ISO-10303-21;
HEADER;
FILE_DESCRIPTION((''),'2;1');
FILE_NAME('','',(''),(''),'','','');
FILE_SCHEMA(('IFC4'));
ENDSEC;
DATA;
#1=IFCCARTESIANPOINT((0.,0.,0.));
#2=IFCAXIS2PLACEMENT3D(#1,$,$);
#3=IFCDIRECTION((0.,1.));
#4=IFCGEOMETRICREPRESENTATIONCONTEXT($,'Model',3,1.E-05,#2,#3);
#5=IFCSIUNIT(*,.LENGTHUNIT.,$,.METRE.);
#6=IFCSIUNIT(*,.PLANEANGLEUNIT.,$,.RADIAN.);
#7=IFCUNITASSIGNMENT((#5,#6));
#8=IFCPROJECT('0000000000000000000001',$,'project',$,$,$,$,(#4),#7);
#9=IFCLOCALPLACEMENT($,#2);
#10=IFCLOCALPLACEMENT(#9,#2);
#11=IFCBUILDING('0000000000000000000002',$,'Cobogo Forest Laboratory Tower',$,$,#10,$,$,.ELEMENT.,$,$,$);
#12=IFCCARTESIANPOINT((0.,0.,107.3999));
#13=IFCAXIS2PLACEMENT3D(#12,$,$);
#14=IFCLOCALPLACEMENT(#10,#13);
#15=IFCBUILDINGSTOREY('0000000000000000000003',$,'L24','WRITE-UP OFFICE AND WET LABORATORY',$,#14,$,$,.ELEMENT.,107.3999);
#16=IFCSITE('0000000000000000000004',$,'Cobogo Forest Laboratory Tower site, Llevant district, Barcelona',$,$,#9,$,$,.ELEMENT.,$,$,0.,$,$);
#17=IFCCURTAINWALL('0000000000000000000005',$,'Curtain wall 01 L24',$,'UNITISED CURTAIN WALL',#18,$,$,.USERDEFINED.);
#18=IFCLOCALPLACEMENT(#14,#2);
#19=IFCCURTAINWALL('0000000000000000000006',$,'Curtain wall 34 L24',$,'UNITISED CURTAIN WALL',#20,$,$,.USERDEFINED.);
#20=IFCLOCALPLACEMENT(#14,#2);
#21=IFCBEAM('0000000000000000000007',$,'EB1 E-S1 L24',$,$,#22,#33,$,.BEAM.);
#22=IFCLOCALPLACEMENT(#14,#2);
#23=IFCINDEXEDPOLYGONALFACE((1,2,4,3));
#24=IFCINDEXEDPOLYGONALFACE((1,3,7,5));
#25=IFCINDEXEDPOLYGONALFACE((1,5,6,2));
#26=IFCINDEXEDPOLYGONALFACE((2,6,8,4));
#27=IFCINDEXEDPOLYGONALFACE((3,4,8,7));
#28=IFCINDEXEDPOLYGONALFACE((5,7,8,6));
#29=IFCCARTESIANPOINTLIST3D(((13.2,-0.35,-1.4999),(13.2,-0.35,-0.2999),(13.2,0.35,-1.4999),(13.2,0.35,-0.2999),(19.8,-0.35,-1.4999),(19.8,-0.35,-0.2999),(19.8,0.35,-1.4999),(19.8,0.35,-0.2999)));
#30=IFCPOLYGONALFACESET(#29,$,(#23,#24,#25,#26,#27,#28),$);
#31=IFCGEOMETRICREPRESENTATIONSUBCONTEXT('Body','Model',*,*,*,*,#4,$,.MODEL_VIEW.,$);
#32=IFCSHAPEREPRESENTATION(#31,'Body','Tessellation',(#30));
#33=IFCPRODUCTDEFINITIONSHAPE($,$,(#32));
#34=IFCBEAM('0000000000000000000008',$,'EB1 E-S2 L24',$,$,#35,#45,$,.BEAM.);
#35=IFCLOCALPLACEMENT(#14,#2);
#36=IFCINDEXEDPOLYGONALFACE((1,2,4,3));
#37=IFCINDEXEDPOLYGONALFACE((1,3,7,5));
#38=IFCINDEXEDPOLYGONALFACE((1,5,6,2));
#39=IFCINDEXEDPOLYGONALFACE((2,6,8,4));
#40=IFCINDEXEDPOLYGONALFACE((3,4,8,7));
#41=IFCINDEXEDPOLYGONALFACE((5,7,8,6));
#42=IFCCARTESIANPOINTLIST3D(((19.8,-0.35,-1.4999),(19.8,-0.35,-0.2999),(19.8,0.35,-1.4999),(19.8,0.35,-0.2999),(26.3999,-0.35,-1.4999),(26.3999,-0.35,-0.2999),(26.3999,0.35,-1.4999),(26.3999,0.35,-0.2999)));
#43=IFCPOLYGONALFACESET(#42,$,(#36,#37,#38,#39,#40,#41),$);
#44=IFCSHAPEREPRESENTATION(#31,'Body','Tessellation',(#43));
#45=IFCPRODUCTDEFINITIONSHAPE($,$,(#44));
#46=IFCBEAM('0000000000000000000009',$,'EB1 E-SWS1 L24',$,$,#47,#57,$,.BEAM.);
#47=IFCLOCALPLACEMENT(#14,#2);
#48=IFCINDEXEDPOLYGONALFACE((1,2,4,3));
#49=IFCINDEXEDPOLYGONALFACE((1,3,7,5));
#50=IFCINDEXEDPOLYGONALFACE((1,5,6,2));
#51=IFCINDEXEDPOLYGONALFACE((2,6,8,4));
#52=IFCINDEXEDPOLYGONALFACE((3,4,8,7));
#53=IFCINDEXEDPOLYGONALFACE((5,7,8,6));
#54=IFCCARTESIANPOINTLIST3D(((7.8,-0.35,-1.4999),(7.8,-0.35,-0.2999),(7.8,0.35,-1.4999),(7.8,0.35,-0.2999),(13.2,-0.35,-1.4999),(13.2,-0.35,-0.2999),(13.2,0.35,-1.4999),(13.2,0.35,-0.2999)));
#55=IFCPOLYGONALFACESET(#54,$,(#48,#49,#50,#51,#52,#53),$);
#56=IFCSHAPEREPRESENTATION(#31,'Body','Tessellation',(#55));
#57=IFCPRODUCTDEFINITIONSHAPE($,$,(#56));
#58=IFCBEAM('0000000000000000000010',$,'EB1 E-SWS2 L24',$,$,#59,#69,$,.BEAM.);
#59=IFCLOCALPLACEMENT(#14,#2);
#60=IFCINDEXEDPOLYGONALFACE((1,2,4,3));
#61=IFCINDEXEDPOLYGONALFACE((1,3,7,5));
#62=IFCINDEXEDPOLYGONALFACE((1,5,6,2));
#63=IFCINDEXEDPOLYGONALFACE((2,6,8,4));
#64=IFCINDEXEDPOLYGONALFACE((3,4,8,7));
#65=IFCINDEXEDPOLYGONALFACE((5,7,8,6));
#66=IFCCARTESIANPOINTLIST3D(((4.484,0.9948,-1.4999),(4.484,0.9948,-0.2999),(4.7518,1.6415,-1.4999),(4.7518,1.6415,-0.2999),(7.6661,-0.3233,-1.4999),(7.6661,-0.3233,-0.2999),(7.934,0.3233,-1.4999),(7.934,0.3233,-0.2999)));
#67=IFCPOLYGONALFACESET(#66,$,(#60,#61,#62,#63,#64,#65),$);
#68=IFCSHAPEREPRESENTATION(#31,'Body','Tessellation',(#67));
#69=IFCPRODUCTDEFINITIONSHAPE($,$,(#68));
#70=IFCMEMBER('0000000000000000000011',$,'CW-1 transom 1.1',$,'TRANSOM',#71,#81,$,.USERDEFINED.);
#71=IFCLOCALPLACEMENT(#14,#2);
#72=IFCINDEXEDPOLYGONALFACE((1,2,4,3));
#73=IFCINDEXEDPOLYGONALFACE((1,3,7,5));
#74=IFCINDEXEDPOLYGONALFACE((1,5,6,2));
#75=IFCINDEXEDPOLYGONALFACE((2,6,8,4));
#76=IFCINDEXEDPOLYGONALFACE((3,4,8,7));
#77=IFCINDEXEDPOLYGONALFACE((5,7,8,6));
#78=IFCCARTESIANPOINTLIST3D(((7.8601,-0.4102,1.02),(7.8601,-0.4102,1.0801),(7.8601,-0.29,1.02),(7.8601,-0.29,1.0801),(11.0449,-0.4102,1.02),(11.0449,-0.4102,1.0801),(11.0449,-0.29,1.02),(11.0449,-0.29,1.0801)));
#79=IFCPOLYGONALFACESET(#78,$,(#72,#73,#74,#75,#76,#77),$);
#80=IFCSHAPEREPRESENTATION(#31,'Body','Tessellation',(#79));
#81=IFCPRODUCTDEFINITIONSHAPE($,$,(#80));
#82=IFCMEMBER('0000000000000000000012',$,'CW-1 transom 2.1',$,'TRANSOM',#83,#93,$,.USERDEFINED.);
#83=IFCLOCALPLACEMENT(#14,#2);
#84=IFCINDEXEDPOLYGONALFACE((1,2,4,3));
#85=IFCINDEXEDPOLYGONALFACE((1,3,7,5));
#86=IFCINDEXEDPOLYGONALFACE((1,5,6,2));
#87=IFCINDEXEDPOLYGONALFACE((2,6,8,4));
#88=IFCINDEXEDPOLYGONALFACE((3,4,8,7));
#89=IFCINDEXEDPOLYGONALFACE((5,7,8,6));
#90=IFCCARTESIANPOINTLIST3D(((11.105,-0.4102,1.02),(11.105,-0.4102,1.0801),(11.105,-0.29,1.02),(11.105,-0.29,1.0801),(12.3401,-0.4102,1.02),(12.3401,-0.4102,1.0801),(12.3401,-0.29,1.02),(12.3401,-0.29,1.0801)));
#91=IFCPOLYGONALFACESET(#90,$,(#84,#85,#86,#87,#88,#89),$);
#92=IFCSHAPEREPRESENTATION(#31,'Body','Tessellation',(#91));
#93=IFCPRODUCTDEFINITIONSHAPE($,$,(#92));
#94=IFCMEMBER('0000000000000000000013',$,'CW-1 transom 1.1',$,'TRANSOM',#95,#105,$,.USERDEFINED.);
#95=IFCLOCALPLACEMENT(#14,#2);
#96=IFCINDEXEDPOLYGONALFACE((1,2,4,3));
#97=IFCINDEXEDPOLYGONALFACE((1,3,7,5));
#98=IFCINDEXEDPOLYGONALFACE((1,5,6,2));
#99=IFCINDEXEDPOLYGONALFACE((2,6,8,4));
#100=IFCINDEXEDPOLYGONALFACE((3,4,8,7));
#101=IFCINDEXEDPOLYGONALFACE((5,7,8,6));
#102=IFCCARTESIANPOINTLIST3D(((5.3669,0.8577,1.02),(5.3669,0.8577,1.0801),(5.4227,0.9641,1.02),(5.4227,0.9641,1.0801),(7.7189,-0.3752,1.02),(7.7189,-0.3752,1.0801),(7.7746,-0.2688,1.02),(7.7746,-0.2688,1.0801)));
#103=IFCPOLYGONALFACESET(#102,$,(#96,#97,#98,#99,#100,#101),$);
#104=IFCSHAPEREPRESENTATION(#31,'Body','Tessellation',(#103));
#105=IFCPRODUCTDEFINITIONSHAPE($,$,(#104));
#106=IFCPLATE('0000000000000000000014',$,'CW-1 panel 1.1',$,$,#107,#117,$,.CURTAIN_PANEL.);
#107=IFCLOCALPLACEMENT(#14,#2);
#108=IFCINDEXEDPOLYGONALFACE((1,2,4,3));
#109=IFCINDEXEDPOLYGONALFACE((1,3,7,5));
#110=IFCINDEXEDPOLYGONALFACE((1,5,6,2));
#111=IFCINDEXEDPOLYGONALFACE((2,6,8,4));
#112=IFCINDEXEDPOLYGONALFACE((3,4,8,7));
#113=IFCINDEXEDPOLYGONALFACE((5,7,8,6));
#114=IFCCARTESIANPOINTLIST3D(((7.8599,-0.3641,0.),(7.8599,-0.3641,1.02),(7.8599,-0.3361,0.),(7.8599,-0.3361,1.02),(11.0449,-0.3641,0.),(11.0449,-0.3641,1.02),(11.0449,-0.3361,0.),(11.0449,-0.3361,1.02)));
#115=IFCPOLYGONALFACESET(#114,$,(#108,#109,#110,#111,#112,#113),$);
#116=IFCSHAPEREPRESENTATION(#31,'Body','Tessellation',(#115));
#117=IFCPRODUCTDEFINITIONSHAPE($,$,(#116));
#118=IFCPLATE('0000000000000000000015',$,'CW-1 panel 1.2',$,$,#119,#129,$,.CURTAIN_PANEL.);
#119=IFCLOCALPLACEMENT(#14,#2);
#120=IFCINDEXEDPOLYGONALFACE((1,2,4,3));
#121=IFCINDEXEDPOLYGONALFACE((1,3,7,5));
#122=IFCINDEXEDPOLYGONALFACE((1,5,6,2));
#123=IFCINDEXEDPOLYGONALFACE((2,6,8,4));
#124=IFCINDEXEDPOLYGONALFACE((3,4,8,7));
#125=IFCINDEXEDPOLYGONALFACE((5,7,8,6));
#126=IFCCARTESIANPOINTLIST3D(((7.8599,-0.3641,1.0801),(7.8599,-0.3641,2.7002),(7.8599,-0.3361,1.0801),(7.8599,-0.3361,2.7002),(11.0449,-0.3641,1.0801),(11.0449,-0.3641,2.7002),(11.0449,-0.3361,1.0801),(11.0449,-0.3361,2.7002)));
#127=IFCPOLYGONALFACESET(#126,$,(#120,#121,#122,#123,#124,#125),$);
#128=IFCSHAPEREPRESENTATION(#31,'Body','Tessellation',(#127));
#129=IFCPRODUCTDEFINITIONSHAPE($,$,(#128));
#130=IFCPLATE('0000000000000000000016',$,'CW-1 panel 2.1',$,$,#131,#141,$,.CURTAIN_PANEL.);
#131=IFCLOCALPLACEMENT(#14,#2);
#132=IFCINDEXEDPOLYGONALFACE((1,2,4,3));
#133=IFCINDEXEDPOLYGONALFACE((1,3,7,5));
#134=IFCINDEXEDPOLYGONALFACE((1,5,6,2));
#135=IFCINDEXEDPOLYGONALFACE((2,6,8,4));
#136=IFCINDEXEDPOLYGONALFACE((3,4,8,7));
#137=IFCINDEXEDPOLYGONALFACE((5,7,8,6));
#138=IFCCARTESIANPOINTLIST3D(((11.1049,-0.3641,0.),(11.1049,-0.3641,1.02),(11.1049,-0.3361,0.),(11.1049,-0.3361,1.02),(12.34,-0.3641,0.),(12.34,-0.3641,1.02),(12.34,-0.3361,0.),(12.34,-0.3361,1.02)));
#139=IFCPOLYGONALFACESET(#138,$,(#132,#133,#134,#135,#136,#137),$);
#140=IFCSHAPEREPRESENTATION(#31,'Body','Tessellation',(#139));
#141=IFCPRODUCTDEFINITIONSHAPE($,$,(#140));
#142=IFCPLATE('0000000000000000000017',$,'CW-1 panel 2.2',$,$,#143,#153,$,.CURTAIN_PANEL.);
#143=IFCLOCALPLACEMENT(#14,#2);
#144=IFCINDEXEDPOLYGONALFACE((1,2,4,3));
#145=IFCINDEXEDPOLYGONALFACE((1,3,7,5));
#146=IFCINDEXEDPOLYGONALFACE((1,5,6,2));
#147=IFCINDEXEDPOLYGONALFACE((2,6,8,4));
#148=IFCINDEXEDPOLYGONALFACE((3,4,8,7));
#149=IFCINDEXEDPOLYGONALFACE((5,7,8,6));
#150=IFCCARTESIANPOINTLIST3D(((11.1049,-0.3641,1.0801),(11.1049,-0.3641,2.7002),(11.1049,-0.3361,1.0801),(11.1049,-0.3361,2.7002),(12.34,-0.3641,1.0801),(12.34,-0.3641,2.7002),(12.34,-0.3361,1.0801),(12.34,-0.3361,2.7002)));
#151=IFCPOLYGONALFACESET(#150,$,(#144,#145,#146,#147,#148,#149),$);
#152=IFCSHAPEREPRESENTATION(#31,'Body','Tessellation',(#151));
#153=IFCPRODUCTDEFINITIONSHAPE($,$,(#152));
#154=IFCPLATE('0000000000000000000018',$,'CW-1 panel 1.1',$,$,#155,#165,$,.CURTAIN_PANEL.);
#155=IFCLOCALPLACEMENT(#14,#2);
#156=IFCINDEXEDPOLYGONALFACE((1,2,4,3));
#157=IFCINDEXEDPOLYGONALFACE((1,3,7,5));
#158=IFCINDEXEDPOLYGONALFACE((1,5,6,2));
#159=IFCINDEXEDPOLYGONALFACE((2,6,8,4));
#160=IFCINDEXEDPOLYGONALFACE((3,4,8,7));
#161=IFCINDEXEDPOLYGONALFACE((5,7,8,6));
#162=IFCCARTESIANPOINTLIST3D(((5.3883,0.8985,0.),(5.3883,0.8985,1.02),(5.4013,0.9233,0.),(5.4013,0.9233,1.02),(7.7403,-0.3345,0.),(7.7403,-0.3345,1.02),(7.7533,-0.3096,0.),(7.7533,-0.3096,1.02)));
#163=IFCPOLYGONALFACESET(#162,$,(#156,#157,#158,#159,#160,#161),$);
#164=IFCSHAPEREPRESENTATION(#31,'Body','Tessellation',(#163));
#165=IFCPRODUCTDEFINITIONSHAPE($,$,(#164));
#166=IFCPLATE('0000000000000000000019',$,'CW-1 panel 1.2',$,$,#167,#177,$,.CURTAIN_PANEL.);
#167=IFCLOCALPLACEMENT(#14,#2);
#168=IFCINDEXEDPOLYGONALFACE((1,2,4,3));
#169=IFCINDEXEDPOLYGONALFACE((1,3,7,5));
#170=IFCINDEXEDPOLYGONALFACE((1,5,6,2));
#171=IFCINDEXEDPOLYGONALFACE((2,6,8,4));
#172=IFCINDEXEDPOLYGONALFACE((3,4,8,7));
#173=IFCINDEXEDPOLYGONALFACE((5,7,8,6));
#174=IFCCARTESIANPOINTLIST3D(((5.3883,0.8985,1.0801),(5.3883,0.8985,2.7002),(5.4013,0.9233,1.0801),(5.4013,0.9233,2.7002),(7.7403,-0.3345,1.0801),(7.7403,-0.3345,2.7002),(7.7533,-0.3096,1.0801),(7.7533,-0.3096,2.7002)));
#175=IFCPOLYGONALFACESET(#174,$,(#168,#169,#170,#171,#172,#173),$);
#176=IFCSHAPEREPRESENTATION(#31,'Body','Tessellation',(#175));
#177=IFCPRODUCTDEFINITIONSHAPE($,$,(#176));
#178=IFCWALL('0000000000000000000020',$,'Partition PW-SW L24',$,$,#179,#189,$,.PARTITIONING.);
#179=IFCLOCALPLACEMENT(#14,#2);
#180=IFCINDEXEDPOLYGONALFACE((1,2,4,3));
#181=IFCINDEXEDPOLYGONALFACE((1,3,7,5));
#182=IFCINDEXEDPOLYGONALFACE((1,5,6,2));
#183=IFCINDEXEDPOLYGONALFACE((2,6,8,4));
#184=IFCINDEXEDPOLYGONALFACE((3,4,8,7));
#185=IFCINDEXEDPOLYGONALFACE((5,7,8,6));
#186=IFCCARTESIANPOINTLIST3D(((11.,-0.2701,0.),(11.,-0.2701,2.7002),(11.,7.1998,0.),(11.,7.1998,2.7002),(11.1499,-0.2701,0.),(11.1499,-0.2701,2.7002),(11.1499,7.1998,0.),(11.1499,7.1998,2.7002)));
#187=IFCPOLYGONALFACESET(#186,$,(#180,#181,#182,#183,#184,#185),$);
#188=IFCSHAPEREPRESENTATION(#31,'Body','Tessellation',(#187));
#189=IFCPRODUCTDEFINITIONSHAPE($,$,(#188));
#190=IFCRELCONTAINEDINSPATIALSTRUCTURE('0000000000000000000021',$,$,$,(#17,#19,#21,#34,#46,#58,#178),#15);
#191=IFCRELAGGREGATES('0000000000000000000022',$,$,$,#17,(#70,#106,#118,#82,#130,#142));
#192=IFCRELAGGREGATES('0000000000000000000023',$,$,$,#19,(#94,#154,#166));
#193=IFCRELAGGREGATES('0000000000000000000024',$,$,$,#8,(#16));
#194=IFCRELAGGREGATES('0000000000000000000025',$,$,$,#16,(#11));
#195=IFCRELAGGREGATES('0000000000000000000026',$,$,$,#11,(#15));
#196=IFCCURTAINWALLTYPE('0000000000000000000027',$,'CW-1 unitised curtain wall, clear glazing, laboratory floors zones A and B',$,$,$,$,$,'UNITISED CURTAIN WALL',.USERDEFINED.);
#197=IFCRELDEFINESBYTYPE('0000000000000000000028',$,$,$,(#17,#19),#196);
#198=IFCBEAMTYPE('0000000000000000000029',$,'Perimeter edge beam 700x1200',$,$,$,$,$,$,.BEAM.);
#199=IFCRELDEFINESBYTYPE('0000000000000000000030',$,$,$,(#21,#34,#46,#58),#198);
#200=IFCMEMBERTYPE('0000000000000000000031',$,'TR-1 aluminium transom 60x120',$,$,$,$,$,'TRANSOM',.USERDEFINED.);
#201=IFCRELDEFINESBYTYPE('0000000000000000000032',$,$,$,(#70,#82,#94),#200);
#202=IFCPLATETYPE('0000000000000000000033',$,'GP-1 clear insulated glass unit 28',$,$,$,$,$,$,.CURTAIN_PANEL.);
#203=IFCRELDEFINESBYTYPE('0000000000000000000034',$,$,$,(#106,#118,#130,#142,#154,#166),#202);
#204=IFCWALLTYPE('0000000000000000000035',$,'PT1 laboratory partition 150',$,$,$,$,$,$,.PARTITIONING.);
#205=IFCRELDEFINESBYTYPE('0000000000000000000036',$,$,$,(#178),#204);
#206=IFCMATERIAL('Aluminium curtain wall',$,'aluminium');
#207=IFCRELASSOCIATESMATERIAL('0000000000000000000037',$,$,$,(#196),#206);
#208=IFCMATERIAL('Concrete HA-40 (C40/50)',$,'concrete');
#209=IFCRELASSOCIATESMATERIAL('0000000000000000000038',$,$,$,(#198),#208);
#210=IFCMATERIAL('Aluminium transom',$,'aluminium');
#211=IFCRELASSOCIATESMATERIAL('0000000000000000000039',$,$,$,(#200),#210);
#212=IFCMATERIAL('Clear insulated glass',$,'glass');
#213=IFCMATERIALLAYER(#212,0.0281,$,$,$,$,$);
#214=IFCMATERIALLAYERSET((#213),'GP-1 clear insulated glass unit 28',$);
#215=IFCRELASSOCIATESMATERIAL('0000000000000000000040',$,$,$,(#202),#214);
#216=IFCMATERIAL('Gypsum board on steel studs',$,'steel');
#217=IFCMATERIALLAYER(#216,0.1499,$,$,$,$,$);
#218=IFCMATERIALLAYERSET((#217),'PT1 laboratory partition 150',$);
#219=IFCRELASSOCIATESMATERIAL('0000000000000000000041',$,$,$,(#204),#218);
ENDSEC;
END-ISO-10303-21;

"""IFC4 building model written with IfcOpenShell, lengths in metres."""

from ifc_helpers import new_model, si_unit, direction, frame, frame_2d, origin, origin_2d, place, context, subcontext, project, spatial, rectangle, extrude, material, layer, layer_set, material_profile, profile_set, type_object, element, aggregate, save


model = new_model("IFC4")

# Units and contexts
model_context = context("Model", 3, precision=1e-05, world=origin(), true_north=direction((0.0, 1.0)))
body_context = subcontext(model_context, "Body", "Model", "MODEL_VIEW")
ifc_project = project(units=[si_unit("LENGTHUNIT", "METRE"), si_unit("PLANEANGLEUNIT", "RADIAN")], contexts=[model_context])

# Site, building, storey
site_placement = place(None, origin())
site = spatial("IfcSite", under=ifc_project, at=site_placement, Name="Cobogo Forest Laboratory Tower site, Llevant district, Barcelona", CompositionType="ELEMENT", RefElevation=0.0)
building_placement = place(site_placement, origin())
building = spatial("IfcBuilding", under=site, at=building_placement, Name="Cobogo Forest Laboratory Tower", CompositionType="ELEMENT")
storey_placement = place(building_placement, frame((0.0, 0.0, 107.3999)))
storey = spatial("IfcBuildingStorey", under=building, at=storey_placement, Name="L24", Description="WRITE-UP OFFICE AND WET LABORATORY", CompositionType="ELEMENT", Elevation=107.3999)

# Shared definitions
ifc_material_1 = material(Name="Concrete HA-40 (C40/50)", Category="concrete")

# Curtain wall
ifc_material_2 = material(Name="Aluminium curtain wall", Category="aluminium")
curtain_wall_type = type_object("IfcCurtainWallType", Name="CW-1 unitised curtain wall, clear glazing, laboratory floors zones A and B", ElementType="UNITISED CURTAIN WALL", PredefinedType="USERDEFINED", material=ifc_material_2)
curtain_wall_1_placement = place(storey_placement, origin())
curtain_wall_1 = element("IfcCurtainWall", 1, at=curtain_wall_1_placement, inside=storey, type_object=curtain_wall_type, Name="Curtain wall 01 L24", ObjectType="UNITISED CURTAIN WALL", PredefinedType="USERDEFINED")

# Curtain wall
curtain_wall_2_placement = place(storey_placement, origin())
curtain_wall_2 = element("IfcCurtainWall", 2, at=curtain_wall_2_placement, inside=storey, type_object=curtain_wall_type, Name="Curtain wall 34 L24", ObjectType="UNITISED CURTAIN WALL", PredefinedType="USERDEFINED")

# Beams
ifc_material_profile_1 = material_profile(ifc_material_1, rectangle(XDim=0.7, YDim=1.2, at=origin_2d()), Name="RC 700x1200")
ifc_profile_set_1 = profile_set([ifc_material_profile_1], Name="Concrete HA-40 (C40/50)")
beam_type_1 = type_object("IfcBeamType", Name="Perimeter edge beam 700x1200", PredefinedType="BEAM", material=ifc_profile_set_1)
beam_1_placement = place(storey_placement, frame((13.2, 0.0, -0.8999), z_axis=(1.0, 0.0, 0.0), x_axis=(0.0, 1.0, 0.0)))
element("IfcBeam", 3, at=beam_1_placement, inside=storey, type_object=beam_type_1, Name="EB1 E-S1 L24", PredefinedType="BEAM", context=body_context, shape_type="SweptSolid", body=[
    extrude(rectangle(XDim=0.7, YDim=1.2, at=origin_2d()), origin(), (0.0, 0.0, 1.0), 6.6001),
])
beam_2_placement = place(storey_placement, frame((19.8, 0.0, -0.8999), z_axis=(1.0, 0.0, 0.0), x_axis=(0.0, 1.0, 0.0)))
element("IfcBeam", 4, at=beam_2_placement, inside=storey, type_object=beam_type_1, Name="EB1 E-S2 L24", PredefinedType="BEAM", context=body_context, shape_type="SweptSolid", body=[
    extrude(rectangle(XDim=0.7, YDim=1.2, at=origin_2d()), origin(), (0.0, 0.0, 1.0), 6.5999),
])
beam_3_placement = place(storey_placement, frame((13.2, 0.0, -0.8999), z_axis=(-1.0, 0.0, 0.0), x_axis=(0.0, -1.0, 0.0)))
element("IfcBeam", 5, at=beam_3_placement, inside=storey, type_object=beam_type_1, Name="EB1 E-SWS1 L24", PredefinedType="BEAM", context=body_context, shape_type="SweptSolid", body=[
    extrude(rectangle(XDim=0.7, YDim=1.2, at=origin_2d()), origin(), (0.0, 0.0, 1.0), 5.3999),
])
beam_4_placement = place(storey_placement, frame((7.8, 0.0, -0.8999), z_axis=(-0.923876, 0.382692, 0.0), x_axis=(-0.382692, -0.923876, 0.0)))
element("IfcBeam", 6, at=beam_4_placement, inside=storey, type_object=beam_type_1, Name="EB1 E-SWS2 L24", PredefinedType="BEAM", context=body_context, shape_type="SweptSolid", body=[
    extrude(rectangle(XDim=0.7, YDim=1.2, at=origin_2d()), origin(), (0.0, 0.0, 1.0), 3.4443),
])

# Members
ifc_material_3 = material(Name="Aluminium transom", Category="aluminium")
ifc_material_profile_2 = material_profile(ifc_material_3, rectangle(XDim=0.1201, YDim=0.0601, at=origin_2d()), Name="AL 60x120")
ifc_profile_set_2 = profile_set([ifc_material_profile_2], Name="Aluminium transom")
member_type_1 = type_object("IfcMemberType", Name="TR-1 aluminium transom 60x120", ElementType="TRANSOM", PredefinedType="USERDEFINED", material=ifc_profile_set_2)
member_1_placement = place(storey_placement, frame((7.8601, -0.3501, 1.05), z_axis=(1.0, 0.0, 0.0), x_axis=(0.0, 1.0, 0.0)))
member_1 = element("IfcMember", 7, at=member_1_placement, type_object=member_type_1, Name="CW-1 transom 1.1", ObjectType="TRANSOM", PredefinedType="USERDEFINED", context=body_context, shape_type="SweptSolid", body=[
    extrude(rectangle(XDim=0.1201, YDim=0.0601, at=origin_2d()), origin(), (0.0, 0.0, 1.0), 3.1848),
])
member_2_placement = place(storey_placement, frame((11.105, -0.3501, 1.05), z_axis=(1.0, 0.0, 0.0), x_axis=(0.0, 1.0, 0.0)))
member_2 = element("IfcMember", 8, at=member_2_placement, type_object=member_type_1, Name="CW-1 transom 2.1", ObjectType="TRANSOM", PredefinedType="USERDEFINED", context=body_context, shape_type="SweptSolid", body=[
    extrude(rectangle(XDim=0.1201, YDim=0.0601, at=origin_2d()), origin(), (0.0, 0.0, 1.0), 1.2351),
])
member_3_placement = place(storey_placement, frame((5.3948, 0.9109, 1.05), z_axis=(0.885695, -0.464268, 0.0), x_axis=(0.464268, 0.885695, 0.0)))
member_3 = element("IfcMember", 9, at=member_3_placement, type_object=member_type_1, Name="CW-1 transom 1.1", ObjectType="TRANSOM", PredefinedType="USERDEFINED", context=body_context, shape_type="SweptSolid", body=[
    extrude(rectangle(XDim=0.1201, YDim=0.0601, at=origin_2d()), origin(), (0.0, 0.0, 1.0), 2.6555),
])

# Plates
ifc_material_4 = material(Name="Clear insulated glass", Category="glass")
ifc_layer_1 = layer(ifc_material_4, 0.0281)
ifc_layer_set_1 = layer_set([ifc_layer_1], Name="GP-1 clear insulated glass unit 28")
plate_type = type_object("IfcPlateType", Name="GP-1 clear insulated glass unit 28", PredefinedType="CURTAIN_PANEL", material=ifc_layer_set_1)
plate_1_placement = place(storey_placement, frame((9.4524, -0.3501, 0.0), z_axis=(0.0, 0.0, 1.0), x_axis=(1.0, 0.0, 0.0)))
plate_1 = element("IfcPlate", 10, at=plate_1_placement, type_object=plate_type, Name="CW-1 panel 1.1", PredefinedType="CURTAIN_PANEL", context=body_context, shape_type="SweptSolid", body=[
    extrude(rectangle(XDim=3.1851, YDim=0.0281, at=origin_2d()), origin(), (0.0, 0.0, 1.0), 1.02),
])
plate_2_placement = place(storey_placement, frame((9.4524, -0.3501, 1.0801), z_axis=(0.0, 0.0, 1.0), x_axis=(1.0, 0.0, 0.0)))
plate_2 = element("IfcPlate", 11, at=plate_2_placement, type_object=plate_type, Name="CW-1 panel 1.2", PredefinedType="CURTAIN_PANEL", context=body_context, shape_type="SweptSolid", body=[
    extrude(rectangle(XDim=3.1851, YDim=0.0281, at=origin_2d()), origin(), (0.0, 0.0, 1.0), 1.6201),
])
plate_3_placement = place(storey_placement, frame((11.7224, -0.3501, 0.0), z_axis=(0.0, 0.0, 1.0), x_axis=(1.0, 0.0, 0.0)))
plate_3 = element("IfcPlate", 12, at=plate_3_placement, type_object=plate_type, Name="CW-1 panel 2.1", PredefinedType="CURTAIN_PANEL", context=body_context, shape_type="SweptSolid", body=[
    extrude(rectangle(XDim=1.2351, YDim=0.0281, at=origin_2d()), origin(), (0.0, 0.0, 1.0), 1.02),
])
plate_4_placement = place(storey_placement, frame((11.7224, -0.3501, 1.0801), z_axis=(0.0, 0.0, 1.0), x_axis=(1.0, 0.0, 0.0)))
plate_4 = element("IfcPlate", 13, at=plate_4_placement, type_object=plate_type, Name="CW-1 panel 2.2", PredefinedType="CURTAIN_PANEL", context=body_context, shape_type="SweptSolid", body=[
    extrude(rectangle(XDim=1.2351, YDim=0.0281, at=origin_2d()), origin(), (0.0, 0.0, 1.0), 1.6201),
])
aggregate(curtain_wall_1, [member_1, plate_1, plate_2, member_2, plate_3, plate_4])
plate_5_placement = place(storey_placement, frame((6.5708, 0.2944, 0.0), z_axis=(0.0, 0.0, 1.0), x_axis=(0.885687, -0.464284, 0.0)))
plate_5 = element("IfcPlate", 14, at=plate_5_placement, type_object=plate_type, Name="CW-1 panel 1.1", PredefinedType="CURTAIN_PANEL", context=body_context, shape_type="SweptSolid", body=[
    extrude(rectangle(XDim=2.6555, YDim=0.0281, at=origin_2d()), origin(), (0.0, 0.0, 1.0), 1.02),
])
plate_6_placement = place(storey_placement, frame((6.5708, 0.2944, 1.0801), z_axis=(0.0, 0.0, 1.0), x_axis=(0.885687, -0.464284, 0.0)))
plate_6 = element("IfcPlate", 15, at=plate_6_placement, type_object=plate_type, Name="CW-1 panel 1.2", PredefinedType="CURTAIN_PANEL", context=body_context, shape_type="SweptSolid", body=[
    extrude(rectangle(XDim=2.6555, YDim=0.0281, at=origin_2d()), origin(), (0.0, 0.0, 1.0), 1.6201),
])
aggregate(curtain_wall_2, [member_3, plate_5, plate_6])

# Wall
ifc_material_5 = material(Name="Gypsum board on steel studs", Category="steel")
ifc_layer_2 = layer(ifc_material_5, 0.1499)
ifc_layer_set_2 = layer_set([ifc_layer_2], Name="PT1 laboratory partition 150")
wall_type_1 = type_object("IfcWallType", Name="PT1 laboratory partition 150", PredefinedType="PARTITIONING", material=ifc_layer_set_2)
wall_1_placement = place(storey_placement, frame((11.075, -0.27, 0.0), z_axis=(0.0, 0.0, 1.0), x_axis=(0.0, 1.0, 0.0)))
element("IfcWall", 16, at=wall_1_placement, inside=storey, type_object=wall_type_1, Name="Partition PW-SW L24", PredefinedType="PARTITIONING", context=body_context, shape_type="SweptSolid", body=[
    extrude(rectangle(XDim=7.47, YDim=0.1499, at=frame_2d((3.7349, 0.0))), origin(), (0.0, 0.0, 1.0), 2.7002),
])

save(model, "model.ifc")
